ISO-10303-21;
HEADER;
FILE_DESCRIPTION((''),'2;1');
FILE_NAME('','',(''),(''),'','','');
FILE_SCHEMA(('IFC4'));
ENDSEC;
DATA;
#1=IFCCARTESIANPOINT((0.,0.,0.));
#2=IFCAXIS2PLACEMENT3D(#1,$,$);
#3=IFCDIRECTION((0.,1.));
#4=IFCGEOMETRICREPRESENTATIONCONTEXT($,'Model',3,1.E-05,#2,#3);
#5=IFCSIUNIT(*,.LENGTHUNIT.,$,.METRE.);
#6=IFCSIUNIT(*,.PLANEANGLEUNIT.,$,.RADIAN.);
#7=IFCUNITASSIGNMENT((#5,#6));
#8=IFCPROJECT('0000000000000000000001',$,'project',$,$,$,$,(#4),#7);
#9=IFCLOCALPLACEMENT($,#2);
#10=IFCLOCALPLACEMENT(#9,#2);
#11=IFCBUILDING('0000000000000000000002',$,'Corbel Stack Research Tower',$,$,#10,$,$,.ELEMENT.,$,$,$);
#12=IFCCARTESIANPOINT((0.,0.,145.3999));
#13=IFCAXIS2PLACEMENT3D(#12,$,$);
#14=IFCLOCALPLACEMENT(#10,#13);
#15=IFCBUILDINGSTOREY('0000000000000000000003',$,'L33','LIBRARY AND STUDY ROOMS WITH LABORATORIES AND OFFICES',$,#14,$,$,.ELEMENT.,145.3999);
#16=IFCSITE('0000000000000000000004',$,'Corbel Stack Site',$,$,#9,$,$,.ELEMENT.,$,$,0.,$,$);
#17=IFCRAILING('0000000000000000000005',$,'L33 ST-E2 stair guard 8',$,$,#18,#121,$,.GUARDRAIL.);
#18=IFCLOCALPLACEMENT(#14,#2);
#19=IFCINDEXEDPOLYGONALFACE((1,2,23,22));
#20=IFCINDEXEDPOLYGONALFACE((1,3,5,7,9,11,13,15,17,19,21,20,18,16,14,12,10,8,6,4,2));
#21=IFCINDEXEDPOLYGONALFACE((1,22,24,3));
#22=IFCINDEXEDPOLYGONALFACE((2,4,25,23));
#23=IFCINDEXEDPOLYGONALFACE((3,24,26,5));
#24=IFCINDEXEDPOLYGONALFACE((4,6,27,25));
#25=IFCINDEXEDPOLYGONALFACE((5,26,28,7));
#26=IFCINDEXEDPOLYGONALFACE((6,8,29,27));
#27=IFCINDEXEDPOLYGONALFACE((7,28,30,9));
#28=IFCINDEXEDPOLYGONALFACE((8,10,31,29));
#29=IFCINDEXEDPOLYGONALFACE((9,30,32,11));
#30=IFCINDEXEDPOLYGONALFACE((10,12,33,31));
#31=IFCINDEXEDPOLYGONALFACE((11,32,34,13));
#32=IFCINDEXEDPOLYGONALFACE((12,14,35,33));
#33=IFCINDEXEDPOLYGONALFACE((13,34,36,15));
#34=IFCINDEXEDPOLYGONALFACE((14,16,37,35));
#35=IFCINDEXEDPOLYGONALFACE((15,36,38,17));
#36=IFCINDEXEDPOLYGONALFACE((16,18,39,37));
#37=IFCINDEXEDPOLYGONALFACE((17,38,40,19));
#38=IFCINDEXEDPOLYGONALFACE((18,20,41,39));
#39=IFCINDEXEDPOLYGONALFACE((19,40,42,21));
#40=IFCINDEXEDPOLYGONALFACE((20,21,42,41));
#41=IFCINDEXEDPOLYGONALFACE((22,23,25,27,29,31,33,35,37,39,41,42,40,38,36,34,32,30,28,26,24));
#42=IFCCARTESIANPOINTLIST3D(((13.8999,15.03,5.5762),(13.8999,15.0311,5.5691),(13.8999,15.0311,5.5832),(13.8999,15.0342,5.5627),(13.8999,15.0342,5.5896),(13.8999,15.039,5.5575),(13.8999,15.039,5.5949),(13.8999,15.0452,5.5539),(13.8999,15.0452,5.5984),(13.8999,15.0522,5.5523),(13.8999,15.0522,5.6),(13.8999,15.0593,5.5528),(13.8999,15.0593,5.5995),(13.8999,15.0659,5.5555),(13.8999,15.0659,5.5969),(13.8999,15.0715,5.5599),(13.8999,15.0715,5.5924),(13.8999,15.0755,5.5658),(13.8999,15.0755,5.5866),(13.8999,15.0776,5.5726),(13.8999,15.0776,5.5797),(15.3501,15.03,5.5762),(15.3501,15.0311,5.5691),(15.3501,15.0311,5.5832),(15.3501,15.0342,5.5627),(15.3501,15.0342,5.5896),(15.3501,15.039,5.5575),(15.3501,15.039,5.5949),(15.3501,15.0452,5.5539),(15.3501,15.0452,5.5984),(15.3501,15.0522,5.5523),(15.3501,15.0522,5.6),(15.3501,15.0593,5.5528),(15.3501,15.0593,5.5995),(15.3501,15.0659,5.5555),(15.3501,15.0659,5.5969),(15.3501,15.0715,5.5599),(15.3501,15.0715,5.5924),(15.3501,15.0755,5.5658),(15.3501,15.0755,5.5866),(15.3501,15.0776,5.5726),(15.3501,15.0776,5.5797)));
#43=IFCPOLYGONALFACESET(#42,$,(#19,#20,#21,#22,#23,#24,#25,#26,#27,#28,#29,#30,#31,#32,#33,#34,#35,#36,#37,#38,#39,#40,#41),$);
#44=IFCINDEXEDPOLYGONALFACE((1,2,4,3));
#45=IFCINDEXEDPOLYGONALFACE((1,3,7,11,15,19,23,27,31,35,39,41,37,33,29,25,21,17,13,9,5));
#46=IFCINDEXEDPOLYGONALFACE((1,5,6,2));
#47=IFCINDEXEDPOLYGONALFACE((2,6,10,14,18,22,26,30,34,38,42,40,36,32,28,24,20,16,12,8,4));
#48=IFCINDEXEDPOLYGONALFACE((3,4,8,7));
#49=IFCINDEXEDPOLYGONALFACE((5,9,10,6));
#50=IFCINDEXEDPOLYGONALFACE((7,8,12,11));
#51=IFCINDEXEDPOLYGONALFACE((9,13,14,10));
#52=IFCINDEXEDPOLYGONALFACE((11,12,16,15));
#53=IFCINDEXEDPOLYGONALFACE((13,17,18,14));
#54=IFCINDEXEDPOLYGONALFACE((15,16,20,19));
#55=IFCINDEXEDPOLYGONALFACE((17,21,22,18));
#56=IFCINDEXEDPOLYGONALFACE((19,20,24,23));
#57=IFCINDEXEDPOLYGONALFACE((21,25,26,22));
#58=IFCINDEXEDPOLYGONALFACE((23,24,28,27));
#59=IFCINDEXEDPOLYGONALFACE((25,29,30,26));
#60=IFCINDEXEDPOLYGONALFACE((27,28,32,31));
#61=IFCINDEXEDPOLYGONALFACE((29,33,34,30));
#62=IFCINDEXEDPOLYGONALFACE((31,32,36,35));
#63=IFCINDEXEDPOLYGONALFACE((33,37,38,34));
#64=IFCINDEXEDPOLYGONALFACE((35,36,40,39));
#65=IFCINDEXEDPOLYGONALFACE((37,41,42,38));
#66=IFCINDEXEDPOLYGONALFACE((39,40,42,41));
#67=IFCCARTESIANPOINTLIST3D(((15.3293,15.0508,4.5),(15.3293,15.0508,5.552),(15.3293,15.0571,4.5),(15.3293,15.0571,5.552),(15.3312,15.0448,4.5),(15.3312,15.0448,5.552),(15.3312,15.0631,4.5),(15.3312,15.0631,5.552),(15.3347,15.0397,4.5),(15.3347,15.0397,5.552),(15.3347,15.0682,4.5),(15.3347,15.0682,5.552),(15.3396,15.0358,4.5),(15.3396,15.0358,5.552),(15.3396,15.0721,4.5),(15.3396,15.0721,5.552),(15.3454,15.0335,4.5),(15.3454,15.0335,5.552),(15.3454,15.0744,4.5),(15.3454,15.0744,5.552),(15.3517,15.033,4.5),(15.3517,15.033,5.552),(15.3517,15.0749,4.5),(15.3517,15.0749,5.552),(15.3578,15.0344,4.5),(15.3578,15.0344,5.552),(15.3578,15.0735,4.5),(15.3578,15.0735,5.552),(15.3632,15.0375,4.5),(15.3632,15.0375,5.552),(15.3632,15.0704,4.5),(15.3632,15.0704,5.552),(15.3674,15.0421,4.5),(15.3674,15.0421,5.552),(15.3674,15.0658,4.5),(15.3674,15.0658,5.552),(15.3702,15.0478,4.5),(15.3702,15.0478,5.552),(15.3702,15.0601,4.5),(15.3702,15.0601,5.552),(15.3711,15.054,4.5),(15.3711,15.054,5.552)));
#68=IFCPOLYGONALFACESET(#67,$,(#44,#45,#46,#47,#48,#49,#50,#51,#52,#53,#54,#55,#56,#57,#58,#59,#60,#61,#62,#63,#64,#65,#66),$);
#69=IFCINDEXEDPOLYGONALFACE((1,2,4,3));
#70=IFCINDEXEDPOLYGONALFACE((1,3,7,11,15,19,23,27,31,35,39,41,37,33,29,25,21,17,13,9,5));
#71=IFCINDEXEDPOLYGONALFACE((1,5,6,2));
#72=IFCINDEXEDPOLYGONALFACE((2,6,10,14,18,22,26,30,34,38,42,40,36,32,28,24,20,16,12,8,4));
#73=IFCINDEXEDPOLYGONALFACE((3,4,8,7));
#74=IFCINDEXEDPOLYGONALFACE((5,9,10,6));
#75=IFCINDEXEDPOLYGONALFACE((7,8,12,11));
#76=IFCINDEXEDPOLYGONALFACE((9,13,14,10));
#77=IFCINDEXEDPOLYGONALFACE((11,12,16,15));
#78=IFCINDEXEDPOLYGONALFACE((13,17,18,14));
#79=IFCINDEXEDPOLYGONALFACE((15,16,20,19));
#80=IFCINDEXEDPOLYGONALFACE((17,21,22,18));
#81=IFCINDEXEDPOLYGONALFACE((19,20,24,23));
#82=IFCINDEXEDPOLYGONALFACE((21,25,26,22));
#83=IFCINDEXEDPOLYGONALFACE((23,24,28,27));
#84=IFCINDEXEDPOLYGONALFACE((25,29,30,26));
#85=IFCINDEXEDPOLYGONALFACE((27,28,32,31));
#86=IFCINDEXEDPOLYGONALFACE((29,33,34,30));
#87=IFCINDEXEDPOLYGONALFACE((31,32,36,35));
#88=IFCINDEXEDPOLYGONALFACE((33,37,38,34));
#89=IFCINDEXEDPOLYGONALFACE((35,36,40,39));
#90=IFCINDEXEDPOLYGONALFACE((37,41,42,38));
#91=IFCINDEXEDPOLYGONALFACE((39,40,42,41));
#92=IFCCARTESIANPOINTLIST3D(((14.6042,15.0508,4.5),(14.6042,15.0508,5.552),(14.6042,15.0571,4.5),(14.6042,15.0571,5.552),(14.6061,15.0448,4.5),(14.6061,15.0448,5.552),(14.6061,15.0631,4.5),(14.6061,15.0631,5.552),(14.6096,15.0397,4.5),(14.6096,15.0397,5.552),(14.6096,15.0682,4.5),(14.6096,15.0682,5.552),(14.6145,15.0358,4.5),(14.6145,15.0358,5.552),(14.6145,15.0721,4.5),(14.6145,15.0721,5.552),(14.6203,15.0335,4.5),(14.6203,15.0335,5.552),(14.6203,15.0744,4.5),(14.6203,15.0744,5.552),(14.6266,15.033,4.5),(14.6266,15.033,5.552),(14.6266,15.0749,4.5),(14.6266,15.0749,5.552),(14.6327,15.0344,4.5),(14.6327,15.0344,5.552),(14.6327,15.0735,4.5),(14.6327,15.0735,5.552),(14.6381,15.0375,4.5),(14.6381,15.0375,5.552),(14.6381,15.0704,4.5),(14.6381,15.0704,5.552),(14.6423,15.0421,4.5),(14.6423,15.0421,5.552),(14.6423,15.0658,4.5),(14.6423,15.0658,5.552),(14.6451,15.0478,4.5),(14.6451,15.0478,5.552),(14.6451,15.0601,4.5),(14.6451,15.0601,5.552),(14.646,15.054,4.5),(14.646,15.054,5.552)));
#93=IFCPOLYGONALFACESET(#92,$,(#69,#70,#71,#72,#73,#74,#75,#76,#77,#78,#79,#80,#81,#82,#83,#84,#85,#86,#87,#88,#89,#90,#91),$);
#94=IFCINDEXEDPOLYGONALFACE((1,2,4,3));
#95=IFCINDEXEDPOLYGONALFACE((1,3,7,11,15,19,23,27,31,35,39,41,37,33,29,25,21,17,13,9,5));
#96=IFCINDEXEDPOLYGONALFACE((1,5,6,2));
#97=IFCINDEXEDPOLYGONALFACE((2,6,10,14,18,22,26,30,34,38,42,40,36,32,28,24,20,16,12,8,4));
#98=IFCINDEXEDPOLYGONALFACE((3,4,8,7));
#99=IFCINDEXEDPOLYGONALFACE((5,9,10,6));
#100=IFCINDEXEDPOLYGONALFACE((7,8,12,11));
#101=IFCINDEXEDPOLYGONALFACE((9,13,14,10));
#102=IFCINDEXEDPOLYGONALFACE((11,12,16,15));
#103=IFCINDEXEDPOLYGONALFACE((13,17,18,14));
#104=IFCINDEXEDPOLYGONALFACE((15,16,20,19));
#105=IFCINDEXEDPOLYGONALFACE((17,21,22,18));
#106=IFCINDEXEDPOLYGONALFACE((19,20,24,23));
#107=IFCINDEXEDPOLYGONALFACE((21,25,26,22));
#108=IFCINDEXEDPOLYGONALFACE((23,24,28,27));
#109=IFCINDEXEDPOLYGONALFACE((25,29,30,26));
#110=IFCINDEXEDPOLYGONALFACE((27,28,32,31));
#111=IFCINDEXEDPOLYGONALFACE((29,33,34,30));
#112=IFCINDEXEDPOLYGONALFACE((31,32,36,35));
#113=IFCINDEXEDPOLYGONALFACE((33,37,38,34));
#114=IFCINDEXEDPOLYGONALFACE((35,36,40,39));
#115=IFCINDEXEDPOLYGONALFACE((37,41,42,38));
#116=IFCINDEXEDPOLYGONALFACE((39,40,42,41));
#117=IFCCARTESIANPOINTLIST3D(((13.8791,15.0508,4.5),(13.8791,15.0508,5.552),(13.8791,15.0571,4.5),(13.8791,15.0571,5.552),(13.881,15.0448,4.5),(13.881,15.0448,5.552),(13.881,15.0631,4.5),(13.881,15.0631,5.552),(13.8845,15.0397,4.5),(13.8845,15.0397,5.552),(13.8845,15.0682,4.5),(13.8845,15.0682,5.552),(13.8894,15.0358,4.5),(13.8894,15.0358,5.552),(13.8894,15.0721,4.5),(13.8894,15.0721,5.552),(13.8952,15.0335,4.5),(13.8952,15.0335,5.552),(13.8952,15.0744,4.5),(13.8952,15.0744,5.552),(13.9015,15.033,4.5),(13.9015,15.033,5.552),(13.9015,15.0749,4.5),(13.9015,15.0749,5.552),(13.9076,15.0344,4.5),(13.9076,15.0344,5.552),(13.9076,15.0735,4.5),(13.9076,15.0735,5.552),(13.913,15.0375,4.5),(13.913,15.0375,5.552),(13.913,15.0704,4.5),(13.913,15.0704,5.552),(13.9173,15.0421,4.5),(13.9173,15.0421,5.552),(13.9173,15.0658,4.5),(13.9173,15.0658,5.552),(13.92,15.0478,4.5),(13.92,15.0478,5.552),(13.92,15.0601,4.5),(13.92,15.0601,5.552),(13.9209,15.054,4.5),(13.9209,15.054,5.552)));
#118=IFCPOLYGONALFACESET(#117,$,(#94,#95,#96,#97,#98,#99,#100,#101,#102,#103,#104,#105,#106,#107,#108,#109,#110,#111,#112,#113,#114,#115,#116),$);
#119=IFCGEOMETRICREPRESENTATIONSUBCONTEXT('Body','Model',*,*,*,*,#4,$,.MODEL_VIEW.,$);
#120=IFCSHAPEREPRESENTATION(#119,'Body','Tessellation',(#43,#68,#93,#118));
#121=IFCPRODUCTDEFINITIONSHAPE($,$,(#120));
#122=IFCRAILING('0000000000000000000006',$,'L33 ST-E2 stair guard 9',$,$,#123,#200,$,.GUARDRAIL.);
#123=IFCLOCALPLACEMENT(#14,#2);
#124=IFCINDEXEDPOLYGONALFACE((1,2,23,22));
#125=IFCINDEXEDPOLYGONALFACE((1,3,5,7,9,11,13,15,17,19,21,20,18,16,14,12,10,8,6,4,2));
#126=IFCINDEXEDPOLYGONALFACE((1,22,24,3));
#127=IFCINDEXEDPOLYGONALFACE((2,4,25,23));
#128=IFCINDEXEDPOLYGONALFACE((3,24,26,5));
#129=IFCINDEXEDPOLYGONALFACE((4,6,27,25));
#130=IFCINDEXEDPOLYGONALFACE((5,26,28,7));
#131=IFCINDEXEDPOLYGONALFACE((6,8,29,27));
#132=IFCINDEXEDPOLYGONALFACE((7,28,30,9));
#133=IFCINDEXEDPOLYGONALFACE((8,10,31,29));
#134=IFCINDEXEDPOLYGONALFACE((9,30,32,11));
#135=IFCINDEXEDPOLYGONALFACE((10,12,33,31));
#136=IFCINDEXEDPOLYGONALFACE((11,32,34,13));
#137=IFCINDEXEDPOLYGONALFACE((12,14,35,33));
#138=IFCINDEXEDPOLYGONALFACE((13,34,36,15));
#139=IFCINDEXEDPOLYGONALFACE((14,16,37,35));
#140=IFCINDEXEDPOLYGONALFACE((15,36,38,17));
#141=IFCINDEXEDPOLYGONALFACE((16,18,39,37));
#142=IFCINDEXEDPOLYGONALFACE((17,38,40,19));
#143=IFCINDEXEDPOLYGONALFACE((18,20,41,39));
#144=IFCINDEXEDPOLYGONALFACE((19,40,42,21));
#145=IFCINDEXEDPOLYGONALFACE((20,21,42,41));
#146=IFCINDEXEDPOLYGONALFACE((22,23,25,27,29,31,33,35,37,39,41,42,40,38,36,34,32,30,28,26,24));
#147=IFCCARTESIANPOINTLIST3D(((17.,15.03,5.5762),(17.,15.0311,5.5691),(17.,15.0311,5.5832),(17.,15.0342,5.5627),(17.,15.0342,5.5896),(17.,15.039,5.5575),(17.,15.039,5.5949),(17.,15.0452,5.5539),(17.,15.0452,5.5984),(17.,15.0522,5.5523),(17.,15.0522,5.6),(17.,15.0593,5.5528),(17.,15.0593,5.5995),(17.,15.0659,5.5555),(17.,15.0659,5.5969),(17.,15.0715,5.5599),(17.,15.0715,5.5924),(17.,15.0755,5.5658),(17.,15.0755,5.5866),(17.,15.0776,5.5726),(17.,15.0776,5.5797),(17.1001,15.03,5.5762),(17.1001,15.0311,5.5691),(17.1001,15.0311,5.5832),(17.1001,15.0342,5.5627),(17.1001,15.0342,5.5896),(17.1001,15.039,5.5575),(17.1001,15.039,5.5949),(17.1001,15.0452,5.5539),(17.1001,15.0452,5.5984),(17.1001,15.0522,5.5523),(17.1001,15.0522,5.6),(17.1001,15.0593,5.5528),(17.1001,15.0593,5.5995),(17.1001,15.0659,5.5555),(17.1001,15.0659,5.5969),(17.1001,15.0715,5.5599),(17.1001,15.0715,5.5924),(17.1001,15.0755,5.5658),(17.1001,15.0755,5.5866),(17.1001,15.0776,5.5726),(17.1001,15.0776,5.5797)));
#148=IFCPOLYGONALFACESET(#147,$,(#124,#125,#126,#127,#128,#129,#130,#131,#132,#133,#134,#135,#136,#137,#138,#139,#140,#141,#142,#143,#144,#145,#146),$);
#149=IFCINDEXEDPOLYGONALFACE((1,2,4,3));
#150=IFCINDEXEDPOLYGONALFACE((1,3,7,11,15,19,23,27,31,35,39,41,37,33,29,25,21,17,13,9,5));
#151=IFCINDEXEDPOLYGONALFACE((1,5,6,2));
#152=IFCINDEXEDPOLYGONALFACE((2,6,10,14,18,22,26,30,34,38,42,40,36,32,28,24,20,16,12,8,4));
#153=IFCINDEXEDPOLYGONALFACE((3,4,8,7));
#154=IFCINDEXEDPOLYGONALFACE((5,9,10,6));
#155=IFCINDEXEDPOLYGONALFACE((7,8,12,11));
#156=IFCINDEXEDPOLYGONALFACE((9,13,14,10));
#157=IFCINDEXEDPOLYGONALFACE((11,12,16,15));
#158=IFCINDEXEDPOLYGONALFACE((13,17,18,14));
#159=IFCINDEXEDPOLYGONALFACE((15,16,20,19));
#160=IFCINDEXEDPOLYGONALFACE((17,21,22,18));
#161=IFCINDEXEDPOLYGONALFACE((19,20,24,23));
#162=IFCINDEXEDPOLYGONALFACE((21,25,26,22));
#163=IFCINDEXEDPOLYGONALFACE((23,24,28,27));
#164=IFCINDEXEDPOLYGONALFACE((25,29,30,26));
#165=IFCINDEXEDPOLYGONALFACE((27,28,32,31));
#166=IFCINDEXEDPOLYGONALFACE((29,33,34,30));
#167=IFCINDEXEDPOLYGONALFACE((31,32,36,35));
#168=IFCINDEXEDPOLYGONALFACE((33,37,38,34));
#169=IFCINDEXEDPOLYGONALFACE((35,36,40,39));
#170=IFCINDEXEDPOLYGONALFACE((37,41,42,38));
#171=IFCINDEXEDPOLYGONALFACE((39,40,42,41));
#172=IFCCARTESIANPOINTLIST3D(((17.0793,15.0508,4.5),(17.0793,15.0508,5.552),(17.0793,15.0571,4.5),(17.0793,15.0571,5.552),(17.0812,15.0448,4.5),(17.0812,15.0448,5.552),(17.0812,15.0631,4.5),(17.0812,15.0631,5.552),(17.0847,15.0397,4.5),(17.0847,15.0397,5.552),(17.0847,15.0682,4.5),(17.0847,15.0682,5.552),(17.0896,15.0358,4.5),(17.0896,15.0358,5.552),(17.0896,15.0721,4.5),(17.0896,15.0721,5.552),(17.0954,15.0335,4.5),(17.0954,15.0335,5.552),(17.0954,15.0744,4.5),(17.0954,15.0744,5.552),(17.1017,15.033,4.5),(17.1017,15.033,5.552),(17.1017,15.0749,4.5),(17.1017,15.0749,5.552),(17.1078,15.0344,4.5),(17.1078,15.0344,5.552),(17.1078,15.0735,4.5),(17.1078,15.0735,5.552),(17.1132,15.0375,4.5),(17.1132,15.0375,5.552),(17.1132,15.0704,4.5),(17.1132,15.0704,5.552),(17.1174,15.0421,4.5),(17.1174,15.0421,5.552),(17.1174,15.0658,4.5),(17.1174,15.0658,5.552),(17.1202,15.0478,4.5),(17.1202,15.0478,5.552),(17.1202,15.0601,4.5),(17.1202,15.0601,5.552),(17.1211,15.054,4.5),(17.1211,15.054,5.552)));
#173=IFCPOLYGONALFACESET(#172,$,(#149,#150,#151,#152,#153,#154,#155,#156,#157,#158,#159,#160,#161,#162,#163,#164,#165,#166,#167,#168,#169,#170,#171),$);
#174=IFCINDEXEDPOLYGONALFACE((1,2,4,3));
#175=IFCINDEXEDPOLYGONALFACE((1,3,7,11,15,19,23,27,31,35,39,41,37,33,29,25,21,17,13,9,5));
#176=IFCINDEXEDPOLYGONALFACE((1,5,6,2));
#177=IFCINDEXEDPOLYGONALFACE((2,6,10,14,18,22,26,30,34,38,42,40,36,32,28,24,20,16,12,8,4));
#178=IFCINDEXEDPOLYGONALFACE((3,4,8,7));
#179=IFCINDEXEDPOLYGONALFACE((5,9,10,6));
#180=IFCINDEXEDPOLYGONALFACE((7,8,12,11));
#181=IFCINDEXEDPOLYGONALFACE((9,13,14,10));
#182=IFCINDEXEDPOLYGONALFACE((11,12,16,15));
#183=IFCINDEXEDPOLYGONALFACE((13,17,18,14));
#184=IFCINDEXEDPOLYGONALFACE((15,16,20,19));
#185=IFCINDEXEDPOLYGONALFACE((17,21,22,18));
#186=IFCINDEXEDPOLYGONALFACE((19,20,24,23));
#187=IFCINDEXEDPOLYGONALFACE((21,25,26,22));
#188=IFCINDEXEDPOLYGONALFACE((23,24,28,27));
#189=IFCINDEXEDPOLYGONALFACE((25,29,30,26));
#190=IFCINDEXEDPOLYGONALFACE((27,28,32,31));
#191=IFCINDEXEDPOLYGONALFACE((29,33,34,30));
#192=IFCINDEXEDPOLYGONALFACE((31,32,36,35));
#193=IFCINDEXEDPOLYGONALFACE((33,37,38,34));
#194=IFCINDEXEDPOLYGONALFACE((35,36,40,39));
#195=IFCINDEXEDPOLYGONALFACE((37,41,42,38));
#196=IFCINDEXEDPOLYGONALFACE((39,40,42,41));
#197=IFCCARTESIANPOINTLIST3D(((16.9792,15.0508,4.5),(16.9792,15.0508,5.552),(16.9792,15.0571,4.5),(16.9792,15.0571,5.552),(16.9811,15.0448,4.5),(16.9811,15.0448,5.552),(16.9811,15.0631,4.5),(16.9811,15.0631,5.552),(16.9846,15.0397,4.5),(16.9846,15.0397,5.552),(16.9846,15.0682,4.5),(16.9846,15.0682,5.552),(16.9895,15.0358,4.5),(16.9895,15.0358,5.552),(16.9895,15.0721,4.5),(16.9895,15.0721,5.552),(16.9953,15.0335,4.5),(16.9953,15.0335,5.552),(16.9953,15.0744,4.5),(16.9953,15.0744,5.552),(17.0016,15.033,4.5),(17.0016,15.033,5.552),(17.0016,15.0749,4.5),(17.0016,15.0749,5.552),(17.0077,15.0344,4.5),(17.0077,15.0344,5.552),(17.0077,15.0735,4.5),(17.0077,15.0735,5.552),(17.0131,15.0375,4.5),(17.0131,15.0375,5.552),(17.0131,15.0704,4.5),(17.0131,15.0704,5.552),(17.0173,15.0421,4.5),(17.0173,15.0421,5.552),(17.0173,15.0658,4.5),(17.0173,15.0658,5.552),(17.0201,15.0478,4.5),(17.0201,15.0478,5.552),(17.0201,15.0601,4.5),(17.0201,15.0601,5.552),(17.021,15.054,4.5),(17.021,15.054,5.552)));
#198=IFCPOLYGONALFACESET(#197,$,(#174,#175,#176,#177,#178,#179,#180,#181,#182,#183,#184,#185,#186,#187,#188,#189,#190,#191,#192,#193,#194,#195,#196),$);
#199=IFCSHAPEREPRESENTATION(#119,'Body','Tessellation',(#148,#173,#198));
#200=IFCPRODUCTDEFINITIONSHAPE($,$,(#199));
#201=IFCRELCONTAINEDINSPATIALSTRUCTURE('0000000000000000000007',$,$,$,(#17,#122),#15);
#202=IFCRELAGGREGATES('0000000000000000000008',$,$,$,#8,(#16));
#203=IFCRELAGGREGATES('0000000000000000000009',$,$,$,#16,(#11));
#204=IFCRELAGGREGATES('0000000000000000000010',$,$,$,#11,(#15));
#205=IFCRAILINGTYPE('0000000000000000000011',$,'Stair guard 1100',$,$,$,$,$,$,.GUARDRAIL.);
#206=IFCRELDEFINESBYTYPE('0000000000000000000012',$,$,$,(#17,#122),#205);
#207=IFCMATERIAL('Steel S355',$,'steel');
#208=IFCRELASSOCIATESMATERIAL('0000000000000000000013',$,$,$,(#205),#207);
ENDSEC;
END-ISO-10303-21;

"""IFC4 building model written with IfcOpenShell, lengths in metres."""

from ifc_helpers import new_model, si_unit, direction, frame, origin, origin_2d, place, context, subcontext, project, spatial, circle, extrude, material, type_object, element, save


model = new_model("IFC4")

# Units and contexts
model_context = context("Model", 3, precision=1e-05, world=origin(), true_north=direction((0.0, 1.0)))
body_context = subcontext(model_context, "Body", "Model", "MODEL_VIEW")
ifc_project = project(units=[si_unit("LENGTHUNIT", "METRE"), si_unit("PLANEANGLEUNIT", "RADIAN")], contexts=[model_context])

# Site, building, storey
site_placement = place(None, origin())
site = spatial("IfcSite", under=ifc_project, at=site_placement, Name="Corbel Stack Site", CompositionType="ELEMENT", RefElevation=0.0)
building_placement = place(site_placement, origin())
building = spatial("IfcBuilding", under=site, at=building_placement, Name="Corbel Stack Research Tower", CompositionType="ELEMENT")
storey_placement = place(building_placement, frame((0.0, 0.0, 145.3999)))
storey = spatial("IfcBuildingStorey", under=building, at=storey_placement, Name="L33", Description="LIBRARY AND STUDY ROOMS WITH LABORATORIES AND OFFICES", CompositionType="ELEMENT", Elevation=145.3999)

# Railings
ifc_material_1 = material(Name="Steel S355", Category="steel")
railing_type_1 = type_object("IfcRailingType", Name="Stair guard 1100", PredefinedType="GUARDRAIL", material=ifc_material_1)
railing_1_placement = place(storey_placement, frame((15.3501, 15.054, 4.5)))
element("IfcRailing", 1, at=railing_1_placement, inside=storey, type_object=railing_type_1, Name="L33 ST-E2 stair guard 8", PredefinedType="GUARDRAIL", context=body_context, shape_type="SweptSolid", body=[
    extrude(circle(Radius=0.0239, at=origin_2d()), frame((0.0, 0.0, 1.0762), z_axis=(-1.0, 0.0, 0.0), x_axis=(0.0, -1.0, 0.0)), (0.0, 0.0, 1.0), 1.4502),
    extrude(circle(Radius=0.021, at=origin_2d()), origin(), (0.0, 0.0, 1.0), 1.052),
    extrude(circle(Radius=0.021, at=origin_2d()), frame((-0.7251, 0.0, 0.0)), (0.0, 0.0, 1.0), 1.052),
    extrude(circle(Radius=0.021, at=origin_2d()), frame((-1.4502, 0.0, 0.0)), (0.0, 0.0, 1.0), 1.052),
])
railing_2_placement = place(storey_placement, frame((17.1001, 15.054, 4.5)))
element("IfcRailing", 2, at=railing_2_placement, inside=storey, type_object=railing_type_1, Name="L33 ST-E2 stair guard 9", PredefinedType="GUARDRAIL", context=body_context, shape_type="SweptSolid", body=[
    extrude(circle(Radius=0.0239, at=origin_2d()), frame((0.0, 0.0, 1.0762), z_axis=(-1.0, 0.0, 0.0), x_axis=(0.0, -1.0, 0.0)), (0.0, 0.0, 1.0), 0.1001),
    extrude(circle(Radius=0.021, at=origin_2d()), origin(), (0.0, 0.0, 1.0), 1.052),
    extrude(circle(Radius=0.021, at=origin_2d()), frame((-0.1001, 0.0, 0.0)), (0.0, 0.0, 1.0), 1.052),
])

save(model, "model.ifc")
